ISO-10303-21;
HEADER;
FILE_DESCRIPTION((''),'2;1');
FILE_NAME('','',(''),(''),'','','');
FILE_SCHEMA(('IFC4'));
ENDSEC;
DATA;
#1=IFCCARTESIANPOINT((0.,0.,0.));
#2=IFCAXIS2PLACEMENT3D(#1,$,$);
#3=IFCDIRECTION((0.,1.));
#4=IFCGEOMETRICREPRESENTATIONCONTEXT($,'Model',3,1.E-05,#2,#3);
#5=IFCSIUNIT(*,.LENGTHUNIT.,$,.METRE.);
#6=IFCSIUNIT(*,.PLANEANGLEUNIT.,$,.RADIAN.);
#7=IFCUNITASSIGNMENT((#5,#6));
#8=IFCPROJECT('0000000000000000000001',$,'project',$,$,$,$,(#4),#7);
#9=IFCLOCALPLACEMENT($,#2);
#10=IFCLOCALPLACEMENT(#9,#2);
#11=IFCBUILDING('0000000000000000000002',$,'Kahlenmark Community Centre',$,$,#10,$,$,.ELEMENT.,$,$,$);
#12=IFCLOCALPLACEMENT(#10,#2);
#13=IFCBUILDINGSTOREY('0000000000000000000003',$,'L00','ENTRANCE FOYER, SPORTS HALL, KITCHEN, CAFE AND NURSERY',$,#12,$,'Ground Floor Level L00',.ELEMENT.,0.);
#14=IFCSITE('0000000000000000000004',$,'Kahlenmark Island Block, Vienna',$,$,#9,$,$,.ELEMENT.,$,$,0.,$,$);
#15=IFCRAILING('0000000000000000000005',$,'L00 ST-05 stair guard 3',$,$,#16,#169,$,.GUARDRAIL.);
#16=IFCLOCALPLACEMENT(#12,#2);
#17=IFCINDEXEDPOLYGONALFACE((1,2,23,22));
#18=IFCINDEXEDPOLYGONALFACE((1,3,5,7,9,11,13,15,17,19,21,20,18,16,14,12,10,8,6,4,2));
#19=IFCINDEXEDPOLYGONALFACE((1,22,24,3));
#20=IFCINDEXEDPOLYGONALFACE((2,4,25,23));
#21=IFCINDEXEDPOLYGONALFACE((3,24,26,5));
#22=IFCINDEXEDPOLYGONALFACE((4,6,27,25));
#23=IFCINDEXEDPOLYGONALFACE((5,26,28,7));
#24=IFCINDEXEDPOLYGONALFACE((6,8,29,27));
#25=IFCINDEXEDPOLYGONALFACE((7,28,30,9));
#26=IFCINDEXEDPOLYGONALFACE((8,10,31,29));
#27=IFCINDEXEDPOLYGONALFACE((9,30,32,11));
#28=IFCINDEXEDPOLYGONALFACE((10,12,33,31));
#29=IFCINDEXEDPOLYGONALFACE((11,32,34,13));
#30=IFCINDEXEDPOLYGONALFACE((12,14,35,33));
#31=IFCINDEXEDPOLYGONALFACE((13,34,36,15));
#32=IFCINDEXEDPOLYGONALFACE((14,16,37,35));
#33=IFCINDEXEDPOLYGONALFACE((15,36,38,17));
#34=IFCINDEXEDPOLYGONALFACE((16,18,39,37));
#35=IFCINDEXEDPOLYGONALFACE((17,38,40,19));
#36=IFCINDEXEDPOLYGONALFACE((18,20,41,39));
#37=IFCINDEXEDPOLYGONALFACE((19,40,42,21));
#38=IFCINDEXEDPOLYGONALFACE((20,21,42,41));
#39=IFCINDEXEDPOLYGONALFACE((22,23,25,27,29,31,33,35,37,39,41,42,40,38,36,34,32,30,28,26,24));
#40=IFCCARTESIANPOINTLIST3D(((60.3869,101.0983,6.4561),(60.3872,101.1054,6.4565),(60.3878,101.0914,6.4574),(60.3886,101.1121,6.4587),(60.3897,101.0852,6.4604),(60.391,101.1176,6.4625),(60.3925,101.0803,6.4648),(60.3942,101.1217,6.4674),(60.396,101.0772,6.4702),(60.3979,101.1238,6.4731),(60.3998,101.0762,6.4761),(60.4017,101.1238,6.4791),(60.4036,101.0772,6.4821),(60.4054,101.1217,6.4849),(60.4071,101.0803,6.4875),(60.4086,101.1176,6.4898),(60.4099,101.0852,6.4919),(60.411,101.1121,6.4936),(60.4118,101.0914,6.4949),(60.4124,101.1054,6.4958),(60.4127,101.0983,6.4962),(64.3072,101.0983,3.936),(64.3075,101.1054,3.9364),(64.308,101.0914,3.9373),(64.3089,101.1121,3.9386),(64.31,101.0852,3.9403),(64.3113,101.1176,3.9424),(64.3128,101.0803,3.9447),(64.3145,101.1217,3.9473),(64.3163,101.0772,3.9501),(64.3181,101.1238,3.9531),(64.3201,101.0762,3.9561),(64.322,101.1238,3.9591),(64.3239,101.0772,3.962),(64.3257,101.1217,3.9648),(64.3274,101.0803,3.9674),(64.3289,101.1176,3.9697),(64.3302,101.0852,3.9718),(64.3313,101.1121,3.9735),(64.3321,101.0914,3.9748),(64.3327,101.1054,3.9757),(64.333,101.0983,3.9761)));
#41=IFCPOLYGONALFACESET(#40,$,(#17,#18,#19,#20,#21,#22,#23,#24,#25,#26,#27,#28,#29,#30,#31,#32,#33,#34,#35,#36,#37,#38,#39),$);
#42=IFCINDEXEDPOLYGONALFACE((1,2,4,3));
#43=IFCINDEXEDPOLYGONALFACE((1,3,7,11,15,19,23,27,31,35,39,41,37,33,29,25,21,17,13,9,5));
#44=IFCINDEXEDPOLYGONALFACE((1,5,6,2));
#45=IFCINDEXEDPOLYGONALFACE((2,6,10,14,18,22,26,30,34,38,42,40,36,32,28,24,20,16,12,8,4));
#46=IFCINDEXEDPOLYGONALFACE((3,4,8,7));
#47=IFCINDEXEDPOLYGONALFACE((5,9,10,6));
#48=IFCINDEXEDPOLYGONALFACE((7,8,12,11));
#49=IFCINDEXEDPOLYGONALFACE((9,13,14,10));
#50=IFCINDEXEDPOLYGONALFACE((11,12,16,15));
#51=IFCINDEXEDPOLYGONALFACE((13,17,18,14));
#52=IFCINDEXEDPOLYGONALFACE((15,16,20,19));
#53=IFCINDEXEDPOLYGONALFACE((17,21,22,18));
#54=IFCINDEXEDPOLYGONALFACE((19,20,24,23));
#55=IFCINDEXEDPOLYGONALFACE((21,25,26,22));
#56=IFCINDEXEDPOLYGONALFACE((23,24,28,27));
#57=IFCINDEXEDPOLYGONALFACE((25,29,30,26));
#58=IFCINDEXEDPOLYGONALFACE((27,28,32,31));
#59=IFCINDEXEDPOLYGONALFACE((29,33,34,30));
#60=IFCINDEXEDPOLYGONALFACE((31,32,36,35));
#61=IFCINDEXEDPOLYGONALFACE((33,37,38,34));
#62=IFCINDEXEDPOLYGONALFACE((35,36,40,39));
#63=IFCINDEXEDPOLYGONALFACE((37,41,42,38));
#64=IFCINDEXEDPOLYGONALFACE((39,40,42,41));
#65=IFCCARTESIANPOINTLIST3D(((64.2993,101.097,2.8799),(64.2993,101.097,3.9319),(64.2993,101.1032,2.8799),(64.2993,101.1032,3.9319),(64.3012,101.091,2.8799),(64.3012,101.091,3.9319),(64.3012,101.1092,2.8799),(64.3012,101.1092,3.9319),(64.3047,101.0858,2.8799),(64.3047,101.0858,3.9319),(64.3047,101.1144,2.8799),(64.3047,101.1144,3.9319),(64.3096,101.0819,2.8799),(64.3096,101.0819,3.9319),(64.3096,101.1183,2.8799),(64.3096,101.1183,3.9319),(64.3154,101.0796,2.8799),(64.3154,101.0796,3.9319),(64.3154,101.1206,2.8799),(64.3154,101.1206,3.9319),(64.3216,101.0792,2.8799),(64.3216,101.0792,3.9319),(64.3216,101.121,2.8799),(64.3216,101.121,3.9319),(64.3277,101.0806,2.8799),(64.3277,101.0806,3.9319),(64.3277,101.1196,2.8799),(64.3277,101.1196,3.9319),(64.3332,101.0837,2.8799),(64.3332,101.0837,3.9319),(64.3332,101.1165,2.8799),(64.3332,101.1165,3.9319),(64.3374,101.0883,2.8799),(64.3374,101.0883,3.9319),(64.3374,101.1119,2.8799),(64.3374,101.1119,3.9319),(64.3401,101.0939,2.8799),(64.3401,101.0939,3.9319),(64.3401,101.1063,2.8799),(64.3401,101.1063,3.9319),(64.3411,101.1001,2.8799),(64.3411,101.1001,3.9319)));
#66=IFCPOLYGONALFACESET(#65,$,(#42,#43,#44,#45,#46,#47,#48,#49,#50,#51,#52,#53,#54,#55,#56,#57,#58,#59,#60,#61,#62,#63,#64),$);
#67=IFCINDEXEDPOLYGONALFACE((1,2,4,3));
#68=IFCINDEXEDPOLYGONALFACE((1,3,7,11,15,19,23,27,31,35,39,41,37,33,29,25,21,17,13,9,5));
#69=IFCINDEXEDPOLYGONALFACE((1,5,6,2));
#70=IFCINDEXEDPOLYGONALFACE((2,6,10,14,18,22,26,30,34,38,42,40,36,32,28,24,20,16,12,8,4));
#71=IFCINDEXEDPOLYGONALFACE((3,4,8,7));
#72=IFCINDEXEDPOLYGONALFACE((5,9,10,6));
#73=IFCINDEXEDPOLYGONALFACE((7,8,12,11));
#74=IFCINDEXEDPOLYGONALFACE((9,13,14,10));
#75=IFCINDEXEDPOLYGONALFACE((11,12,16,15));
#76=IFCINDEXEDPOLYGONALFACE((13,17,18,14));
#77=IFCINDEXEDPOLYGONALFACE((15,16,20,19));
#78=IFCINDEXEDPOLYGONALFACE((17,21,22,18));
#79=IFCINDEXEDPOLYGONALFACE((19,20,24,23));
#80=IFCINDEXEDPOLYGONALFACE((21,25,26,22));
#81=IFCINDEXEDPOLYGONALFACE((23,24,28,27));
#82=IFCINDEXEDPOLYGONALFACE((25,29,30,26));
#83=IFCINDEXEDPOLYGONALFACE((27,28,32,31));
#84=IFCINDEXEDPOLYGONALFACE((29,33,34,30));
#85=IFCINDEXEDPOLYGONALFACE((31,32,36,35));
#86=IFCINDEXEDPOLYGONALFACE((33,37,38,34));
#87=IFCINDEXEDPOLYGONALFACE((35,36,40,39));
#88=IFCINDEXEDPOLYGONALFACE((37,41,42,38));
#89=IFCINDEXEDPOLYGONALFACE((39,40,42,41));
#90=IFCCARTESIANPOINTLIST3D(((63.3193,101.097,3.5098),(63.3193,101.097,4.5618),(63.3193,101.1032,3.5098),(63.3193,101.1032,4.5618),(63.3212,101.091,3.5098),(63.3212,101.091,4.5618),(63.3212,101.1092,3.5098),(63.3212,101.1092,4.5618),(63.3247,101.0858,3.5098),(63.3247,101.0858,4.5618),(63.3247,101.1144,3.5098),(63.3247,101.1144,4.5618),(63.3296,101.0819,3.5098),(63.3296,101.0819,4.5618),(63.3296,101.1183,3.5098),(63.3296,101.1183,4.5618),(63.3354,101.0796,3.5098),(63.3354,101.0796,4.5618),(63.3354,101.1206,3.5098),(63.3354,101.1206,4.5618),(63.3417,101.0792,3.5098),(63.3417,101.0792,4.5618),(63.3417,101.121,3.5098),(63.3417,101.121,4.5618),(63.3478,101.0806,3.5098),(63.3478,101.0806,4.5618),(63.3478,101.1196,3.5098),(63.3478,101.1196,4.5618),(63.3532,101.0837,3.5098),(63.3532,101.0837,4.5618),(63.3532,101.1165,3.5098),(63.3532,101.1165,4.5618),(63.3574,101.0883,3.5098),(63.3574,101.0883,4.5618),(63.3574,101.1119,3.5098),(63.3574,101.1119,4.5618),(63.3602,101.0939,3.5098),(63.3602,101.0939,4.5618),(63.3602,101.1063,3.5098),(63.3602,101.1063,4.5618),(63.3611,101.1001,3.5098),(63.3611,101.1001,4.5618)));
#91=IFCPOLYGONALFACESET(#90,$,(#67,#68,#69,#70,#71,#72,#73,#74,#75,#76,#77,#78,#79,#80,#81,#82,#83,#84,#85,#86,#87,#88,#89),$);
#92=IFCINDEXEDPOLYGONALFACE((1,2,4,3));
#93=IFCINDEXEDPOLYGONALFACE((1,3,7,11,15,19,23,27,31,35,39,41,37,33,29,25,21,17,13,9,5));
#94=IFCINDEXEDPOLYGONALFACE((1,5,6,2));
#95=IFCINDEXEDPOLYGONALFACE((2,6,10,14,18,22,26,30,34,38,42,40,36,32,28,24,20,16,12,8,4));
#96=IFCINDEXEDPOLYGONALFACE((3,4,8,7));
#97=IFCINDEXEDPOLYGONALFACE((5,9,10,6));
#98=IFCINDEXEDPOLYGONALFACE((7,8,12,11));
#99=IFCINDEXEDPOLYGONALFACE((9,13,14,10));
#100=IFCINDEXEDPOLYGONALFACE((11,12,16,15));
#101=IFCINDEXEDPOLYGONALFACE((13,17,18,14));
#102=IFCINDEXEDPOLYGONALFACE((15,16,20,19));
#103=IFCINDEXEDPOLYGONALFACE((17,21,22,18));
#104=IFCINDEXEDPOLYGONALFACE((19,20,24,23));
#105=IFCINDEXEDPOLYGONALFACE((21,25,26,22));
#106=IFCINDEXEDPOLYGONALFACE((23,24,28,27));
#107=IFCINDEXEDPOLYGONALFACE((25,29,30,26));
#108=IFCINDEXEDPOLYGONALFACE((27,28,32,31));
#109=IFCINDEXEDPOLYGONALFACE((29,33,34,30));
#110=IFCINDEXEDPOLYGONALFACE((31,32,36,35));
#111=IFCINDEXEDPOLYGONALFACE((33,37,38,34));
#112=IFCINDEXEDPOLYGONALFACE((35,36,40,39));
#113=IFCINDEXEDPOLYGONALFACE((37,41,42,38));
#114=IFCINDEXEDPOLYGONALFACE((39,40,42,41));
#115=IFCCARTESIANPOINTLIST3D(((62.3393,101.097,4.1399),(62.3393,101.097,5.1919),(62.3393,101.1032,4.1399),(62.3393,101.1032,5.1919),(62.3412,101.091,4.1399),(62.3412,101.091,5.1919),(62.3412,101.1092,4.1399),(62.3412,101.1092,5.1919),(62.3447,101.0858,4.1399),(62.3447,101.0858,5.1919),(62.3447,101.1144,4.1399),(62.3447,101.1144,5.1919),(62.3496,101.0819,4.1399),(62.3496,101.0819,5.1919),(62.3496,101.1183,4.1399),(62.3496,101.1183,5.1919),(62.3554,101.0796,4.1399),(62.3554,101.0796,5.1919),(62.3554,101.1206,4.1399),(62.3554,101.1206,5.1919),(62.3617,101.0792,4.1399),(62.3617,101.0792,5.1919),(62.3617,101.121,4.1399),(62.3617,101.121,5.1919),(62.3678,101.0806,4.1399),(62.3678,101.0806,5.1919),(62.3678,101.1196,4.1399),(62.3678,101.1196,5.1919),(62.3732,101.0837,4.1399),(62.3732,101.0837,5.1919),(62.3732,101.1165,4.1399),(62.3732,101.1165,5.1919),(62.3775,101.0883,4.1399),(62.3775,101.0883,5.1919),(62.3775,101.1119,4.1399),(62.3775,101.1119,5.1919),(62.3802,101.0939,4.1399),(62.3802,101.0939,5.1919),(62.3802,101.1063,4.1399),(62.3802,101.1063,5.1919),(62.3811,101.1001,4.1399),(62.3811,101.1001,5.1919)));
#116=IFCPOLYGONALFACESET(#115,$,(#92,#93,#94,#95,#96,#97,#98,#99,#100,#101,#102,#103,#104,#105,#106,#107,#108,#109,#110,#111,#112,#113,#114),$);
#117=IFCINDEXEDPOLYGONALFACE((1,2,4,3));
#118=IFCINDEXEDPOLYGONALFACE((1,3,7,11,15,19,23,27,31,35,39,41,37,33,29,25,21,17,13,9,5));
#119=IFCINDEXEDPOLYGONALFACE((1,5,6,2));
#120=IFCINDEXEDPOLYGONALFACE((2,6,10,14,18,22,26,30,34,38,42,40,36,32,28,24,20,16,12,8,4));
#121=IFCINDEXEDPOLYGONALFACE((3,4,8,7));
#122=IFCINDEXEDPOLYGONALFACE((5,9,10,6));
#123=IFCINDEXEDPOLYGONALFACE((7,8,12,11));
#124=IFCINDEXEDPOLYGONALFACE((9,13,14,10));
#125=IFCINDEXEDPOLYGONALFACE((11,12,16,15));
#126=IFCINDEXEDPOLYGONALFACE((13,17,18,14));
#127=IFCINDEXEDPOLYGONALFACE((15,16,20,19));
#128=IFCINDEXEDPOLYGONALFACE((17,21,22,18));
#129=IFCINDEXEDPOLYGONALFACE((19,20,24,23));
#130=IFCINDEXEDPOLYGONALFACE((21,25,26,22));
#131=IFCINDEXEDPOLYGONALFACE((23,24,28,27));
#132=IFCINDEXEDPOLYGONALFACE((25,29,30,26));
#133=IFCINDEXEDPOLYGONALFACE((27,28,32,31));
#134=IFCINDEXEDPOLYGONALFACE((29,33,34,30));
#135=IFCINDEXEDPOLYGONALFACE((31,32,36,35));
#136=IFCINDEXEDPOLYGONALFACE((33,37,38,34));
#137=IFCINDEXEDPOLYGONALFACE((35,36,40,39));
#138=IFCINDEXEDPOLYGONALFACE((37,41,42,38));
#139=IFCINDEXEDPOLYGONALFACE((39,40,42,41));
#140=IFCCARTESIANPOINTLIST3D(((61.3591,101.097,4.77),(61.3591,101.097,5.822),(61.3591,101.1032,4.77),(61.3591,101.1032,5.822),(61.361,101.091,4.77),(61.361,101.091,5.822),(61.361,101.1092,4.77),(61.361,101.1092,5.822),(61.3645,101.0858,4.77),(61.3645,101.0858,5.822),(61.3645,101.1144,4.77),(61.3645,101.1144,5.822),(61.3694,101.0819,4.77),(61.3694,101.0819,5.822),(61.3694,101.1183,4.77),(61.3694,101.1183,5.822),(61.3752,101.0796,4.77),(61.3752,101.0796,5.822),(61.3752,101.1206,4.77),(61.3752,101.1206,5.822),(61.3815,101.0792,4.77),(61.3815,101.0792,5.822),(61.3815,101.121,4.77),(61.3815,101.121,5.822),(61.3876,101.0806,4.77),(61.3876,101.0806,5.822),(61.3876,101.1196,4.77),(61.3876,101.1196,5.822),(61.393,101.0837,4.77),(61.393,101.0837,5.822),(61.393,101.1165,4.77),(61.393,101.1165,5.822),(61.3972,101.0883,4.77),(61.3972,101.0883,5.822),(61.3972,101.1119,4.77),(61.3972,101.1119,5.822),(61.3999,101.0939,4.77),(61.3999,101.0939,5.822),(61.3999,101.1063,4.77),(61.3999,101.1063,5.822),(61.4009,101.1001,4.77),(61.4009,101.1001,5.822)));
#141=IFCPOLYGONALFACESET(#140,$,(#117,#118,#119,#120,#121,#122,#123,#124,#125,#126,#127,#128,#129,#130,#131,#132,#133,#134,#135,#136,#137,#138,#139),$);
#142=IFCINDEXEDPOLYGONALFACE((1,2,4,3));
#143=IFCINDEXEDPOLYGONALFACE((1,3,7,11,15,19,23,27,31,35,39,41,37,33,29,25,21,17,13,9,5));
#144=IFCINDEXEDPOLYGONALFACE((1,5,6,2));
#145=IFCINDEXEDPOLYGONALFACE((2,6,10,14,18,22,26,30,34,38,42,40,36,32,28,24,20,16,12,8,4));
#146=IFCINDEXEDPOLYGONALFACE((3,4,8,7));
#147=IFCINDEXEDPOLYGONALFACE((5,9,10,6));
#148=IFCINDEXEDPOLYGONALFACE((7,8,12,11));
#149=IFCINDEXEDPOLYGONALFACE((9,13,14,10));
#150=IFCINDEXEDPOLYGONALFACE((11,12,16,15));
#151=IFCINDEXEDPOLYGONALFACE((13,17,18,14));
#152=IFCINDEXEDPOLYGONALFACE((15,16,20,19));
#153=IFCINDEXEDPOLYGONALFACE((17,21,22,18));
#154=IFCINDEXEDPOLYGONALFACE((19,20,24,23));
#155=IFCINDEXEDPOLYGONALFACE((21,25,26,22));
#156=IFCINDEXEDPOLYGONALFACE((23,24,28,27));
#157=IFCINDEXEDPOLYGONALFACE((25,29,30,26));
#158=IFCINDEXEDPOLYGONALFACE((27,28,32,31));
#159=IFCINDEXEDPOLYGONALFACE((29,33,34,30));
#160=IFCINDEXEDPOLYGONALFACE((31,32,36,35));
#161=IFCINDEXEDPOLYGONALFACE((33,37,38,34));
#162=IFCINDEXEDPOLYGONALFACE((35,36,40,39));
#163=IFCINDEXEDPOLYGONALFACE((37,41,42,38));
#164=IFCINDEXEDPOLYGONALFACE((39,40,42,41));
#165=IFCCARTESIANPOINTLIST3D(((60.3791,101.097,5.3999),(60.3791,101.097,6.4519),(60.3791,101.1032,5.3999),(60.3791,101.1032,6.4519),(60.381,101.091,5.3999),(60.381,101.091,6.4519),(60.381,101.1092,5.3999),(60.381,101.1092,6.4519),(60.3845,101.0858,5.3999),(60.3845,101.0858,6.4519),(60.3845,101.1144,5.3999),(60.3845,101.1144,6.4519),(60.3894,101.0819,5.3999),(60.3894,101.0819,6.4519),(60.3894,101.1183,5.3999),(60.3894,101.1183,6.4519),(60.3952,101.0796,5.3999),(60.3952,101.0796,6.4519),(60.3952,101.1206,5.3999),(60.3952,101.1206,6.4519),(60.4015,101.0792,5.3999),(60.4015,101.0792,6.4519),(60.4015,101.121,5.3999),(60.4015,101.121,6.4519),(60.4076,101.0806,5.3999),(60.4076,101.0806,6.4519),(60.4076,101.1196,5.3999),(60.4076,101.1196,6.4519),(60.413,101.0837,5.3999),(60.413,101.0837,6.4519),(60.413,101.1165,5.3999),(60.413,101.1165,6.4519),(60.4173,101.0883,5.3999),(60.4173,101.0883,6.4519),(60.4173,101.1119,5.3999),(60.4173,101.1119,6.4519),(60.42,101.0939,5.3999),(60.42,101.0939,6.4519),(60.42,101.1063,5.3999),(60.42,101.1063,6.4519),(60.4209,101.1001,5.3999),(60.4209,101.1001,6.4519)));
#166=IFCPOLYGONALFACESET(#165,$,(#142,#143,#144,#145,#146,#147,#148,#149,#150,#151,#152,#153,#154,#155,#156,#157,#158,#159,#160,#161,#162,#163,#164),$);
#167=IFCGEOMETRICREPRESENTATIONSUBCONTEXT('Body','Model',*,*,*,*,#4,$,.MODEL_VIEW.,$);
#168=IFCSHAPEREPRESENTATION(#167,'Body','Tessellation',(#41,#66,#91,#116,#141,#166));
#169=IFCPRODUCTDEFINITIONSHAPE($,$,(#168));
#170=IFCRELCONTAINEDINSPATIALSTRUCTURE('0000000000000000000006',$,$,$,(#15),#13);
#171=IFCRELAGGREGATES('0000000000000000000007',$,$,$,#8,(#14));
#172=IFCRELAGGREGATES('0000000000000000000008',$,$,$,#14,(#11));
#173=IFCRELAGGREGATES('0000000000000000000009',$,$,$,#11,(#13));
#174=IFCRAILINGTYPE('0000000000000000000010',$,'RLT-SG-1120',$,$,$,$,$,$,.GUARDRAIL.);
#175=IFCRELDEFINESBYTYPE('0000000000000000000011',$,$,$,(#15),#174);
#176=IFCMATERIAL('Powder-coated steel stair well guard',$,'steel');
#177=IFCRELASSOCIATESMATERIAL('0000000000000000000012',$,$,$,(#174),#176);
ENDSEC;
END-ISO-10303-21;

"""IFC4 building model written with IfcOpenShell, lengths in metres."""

from ifc_helpers import new_model, si_unit, direction, frame, origin, origin_2d, place, context, subcontext, project, spatial, circle, extrude, material, type_object, element, save


model = new_model("IFC4")

# Units and contexts
model_context = context("Model", 3, precision=1e-05, world=origin(), true_north=direction((0.0, 1.0)))
body_context = subcontext(model_context, "Body", "Model", "MODEL_VIEW")
ifc_project = project(units=[si_unit("LENGTHUNIT", "METRE"), si_unit("PLANEANGLEUNIT", "RADIAN")], contexts=[model_context])

# Site, building, storey
site_placement = place(None, origin())
site = spatial("IfcSite", under=ifc_project, at=site_placement, Name="Kahlenmark Island Block, Vienna", CompositionType="ELEMENT", RefElevation=0.0)
building_placement = place(site_placement, origin())
building = spatial("IfcBuilding", under=site, at=building_placement, Name="Kahlenmark Community Centre", CompositionType="ELEMENT")
storey_placement = place(building_placement, origin())
storey = spatial("IfcBuildingStorey", under=building, at=storey_placement, Name="L00", Description="ENTRANCE FOYER, SPORTS HALL, KITCHEN, CAFE AND NURSERY", LongName="Ground Floor Level L00", CompositionType="ELEMENT", Elevation=0.0)

# Railing
ifc_material_1 = material(Name="Powder-coated steel stair well guard", Category="steel")
railing_type_1 = type_object("IfcRailingType", Name="RLT-SG-1120", PredefinedType="GUARDRAIL", material=ifc_material_1)
railing_1_placement = place(storey_placement, frame((64.3201, 101.1001, 2.8799)))
element("IfcRailing", 1, at=railing_1_placement, inside=storey, type_object=railing_type_1, Name="L00 ST-05 stair guard 3", PredefinedType="GUARDRAIL", context=body_context, shape_type="SweptSolid", body=[
    extrude(circle(Radius=0.0239, at=origin_2d()), frame((0.0, 0.0, 1.0762), z_axis=(-0.841187, 0.0, 0.540744), x_axis=(0.0, -1.0, 0.0)), (0.0, 0.0, 1.0), 4.6604),
    extrude(circle(Radius=0.021, at=origin_2d()), origin(), (0.0, 0.0, 1.0), 1.052),
    extrude(circle(Radius=0.021, at=origin_2d()), frame((-0.98, 0.0, 0.6299)), (0.0, 0.0, 1.0), 1.052),
    extrude(circle(Radius=0.021, at=origin_2d()), frame((-1.96, 0.0, 1.26)), (0.0, 0.0, 1.0), 1.052),
    extrude(circle(Radius=0.021, at=origin_2d()), frame((-2.9402, 0.0, 1.8901)), (0.0, 0.0, 1.0), 1.052),
    extrude(circle(Radius=0.021, at=origin_2d()), frame((-3.9202, 0.0, 2.52)), (0.0, 0.0, 1.0), 1.052),
])

save(model, "model.ifc")
